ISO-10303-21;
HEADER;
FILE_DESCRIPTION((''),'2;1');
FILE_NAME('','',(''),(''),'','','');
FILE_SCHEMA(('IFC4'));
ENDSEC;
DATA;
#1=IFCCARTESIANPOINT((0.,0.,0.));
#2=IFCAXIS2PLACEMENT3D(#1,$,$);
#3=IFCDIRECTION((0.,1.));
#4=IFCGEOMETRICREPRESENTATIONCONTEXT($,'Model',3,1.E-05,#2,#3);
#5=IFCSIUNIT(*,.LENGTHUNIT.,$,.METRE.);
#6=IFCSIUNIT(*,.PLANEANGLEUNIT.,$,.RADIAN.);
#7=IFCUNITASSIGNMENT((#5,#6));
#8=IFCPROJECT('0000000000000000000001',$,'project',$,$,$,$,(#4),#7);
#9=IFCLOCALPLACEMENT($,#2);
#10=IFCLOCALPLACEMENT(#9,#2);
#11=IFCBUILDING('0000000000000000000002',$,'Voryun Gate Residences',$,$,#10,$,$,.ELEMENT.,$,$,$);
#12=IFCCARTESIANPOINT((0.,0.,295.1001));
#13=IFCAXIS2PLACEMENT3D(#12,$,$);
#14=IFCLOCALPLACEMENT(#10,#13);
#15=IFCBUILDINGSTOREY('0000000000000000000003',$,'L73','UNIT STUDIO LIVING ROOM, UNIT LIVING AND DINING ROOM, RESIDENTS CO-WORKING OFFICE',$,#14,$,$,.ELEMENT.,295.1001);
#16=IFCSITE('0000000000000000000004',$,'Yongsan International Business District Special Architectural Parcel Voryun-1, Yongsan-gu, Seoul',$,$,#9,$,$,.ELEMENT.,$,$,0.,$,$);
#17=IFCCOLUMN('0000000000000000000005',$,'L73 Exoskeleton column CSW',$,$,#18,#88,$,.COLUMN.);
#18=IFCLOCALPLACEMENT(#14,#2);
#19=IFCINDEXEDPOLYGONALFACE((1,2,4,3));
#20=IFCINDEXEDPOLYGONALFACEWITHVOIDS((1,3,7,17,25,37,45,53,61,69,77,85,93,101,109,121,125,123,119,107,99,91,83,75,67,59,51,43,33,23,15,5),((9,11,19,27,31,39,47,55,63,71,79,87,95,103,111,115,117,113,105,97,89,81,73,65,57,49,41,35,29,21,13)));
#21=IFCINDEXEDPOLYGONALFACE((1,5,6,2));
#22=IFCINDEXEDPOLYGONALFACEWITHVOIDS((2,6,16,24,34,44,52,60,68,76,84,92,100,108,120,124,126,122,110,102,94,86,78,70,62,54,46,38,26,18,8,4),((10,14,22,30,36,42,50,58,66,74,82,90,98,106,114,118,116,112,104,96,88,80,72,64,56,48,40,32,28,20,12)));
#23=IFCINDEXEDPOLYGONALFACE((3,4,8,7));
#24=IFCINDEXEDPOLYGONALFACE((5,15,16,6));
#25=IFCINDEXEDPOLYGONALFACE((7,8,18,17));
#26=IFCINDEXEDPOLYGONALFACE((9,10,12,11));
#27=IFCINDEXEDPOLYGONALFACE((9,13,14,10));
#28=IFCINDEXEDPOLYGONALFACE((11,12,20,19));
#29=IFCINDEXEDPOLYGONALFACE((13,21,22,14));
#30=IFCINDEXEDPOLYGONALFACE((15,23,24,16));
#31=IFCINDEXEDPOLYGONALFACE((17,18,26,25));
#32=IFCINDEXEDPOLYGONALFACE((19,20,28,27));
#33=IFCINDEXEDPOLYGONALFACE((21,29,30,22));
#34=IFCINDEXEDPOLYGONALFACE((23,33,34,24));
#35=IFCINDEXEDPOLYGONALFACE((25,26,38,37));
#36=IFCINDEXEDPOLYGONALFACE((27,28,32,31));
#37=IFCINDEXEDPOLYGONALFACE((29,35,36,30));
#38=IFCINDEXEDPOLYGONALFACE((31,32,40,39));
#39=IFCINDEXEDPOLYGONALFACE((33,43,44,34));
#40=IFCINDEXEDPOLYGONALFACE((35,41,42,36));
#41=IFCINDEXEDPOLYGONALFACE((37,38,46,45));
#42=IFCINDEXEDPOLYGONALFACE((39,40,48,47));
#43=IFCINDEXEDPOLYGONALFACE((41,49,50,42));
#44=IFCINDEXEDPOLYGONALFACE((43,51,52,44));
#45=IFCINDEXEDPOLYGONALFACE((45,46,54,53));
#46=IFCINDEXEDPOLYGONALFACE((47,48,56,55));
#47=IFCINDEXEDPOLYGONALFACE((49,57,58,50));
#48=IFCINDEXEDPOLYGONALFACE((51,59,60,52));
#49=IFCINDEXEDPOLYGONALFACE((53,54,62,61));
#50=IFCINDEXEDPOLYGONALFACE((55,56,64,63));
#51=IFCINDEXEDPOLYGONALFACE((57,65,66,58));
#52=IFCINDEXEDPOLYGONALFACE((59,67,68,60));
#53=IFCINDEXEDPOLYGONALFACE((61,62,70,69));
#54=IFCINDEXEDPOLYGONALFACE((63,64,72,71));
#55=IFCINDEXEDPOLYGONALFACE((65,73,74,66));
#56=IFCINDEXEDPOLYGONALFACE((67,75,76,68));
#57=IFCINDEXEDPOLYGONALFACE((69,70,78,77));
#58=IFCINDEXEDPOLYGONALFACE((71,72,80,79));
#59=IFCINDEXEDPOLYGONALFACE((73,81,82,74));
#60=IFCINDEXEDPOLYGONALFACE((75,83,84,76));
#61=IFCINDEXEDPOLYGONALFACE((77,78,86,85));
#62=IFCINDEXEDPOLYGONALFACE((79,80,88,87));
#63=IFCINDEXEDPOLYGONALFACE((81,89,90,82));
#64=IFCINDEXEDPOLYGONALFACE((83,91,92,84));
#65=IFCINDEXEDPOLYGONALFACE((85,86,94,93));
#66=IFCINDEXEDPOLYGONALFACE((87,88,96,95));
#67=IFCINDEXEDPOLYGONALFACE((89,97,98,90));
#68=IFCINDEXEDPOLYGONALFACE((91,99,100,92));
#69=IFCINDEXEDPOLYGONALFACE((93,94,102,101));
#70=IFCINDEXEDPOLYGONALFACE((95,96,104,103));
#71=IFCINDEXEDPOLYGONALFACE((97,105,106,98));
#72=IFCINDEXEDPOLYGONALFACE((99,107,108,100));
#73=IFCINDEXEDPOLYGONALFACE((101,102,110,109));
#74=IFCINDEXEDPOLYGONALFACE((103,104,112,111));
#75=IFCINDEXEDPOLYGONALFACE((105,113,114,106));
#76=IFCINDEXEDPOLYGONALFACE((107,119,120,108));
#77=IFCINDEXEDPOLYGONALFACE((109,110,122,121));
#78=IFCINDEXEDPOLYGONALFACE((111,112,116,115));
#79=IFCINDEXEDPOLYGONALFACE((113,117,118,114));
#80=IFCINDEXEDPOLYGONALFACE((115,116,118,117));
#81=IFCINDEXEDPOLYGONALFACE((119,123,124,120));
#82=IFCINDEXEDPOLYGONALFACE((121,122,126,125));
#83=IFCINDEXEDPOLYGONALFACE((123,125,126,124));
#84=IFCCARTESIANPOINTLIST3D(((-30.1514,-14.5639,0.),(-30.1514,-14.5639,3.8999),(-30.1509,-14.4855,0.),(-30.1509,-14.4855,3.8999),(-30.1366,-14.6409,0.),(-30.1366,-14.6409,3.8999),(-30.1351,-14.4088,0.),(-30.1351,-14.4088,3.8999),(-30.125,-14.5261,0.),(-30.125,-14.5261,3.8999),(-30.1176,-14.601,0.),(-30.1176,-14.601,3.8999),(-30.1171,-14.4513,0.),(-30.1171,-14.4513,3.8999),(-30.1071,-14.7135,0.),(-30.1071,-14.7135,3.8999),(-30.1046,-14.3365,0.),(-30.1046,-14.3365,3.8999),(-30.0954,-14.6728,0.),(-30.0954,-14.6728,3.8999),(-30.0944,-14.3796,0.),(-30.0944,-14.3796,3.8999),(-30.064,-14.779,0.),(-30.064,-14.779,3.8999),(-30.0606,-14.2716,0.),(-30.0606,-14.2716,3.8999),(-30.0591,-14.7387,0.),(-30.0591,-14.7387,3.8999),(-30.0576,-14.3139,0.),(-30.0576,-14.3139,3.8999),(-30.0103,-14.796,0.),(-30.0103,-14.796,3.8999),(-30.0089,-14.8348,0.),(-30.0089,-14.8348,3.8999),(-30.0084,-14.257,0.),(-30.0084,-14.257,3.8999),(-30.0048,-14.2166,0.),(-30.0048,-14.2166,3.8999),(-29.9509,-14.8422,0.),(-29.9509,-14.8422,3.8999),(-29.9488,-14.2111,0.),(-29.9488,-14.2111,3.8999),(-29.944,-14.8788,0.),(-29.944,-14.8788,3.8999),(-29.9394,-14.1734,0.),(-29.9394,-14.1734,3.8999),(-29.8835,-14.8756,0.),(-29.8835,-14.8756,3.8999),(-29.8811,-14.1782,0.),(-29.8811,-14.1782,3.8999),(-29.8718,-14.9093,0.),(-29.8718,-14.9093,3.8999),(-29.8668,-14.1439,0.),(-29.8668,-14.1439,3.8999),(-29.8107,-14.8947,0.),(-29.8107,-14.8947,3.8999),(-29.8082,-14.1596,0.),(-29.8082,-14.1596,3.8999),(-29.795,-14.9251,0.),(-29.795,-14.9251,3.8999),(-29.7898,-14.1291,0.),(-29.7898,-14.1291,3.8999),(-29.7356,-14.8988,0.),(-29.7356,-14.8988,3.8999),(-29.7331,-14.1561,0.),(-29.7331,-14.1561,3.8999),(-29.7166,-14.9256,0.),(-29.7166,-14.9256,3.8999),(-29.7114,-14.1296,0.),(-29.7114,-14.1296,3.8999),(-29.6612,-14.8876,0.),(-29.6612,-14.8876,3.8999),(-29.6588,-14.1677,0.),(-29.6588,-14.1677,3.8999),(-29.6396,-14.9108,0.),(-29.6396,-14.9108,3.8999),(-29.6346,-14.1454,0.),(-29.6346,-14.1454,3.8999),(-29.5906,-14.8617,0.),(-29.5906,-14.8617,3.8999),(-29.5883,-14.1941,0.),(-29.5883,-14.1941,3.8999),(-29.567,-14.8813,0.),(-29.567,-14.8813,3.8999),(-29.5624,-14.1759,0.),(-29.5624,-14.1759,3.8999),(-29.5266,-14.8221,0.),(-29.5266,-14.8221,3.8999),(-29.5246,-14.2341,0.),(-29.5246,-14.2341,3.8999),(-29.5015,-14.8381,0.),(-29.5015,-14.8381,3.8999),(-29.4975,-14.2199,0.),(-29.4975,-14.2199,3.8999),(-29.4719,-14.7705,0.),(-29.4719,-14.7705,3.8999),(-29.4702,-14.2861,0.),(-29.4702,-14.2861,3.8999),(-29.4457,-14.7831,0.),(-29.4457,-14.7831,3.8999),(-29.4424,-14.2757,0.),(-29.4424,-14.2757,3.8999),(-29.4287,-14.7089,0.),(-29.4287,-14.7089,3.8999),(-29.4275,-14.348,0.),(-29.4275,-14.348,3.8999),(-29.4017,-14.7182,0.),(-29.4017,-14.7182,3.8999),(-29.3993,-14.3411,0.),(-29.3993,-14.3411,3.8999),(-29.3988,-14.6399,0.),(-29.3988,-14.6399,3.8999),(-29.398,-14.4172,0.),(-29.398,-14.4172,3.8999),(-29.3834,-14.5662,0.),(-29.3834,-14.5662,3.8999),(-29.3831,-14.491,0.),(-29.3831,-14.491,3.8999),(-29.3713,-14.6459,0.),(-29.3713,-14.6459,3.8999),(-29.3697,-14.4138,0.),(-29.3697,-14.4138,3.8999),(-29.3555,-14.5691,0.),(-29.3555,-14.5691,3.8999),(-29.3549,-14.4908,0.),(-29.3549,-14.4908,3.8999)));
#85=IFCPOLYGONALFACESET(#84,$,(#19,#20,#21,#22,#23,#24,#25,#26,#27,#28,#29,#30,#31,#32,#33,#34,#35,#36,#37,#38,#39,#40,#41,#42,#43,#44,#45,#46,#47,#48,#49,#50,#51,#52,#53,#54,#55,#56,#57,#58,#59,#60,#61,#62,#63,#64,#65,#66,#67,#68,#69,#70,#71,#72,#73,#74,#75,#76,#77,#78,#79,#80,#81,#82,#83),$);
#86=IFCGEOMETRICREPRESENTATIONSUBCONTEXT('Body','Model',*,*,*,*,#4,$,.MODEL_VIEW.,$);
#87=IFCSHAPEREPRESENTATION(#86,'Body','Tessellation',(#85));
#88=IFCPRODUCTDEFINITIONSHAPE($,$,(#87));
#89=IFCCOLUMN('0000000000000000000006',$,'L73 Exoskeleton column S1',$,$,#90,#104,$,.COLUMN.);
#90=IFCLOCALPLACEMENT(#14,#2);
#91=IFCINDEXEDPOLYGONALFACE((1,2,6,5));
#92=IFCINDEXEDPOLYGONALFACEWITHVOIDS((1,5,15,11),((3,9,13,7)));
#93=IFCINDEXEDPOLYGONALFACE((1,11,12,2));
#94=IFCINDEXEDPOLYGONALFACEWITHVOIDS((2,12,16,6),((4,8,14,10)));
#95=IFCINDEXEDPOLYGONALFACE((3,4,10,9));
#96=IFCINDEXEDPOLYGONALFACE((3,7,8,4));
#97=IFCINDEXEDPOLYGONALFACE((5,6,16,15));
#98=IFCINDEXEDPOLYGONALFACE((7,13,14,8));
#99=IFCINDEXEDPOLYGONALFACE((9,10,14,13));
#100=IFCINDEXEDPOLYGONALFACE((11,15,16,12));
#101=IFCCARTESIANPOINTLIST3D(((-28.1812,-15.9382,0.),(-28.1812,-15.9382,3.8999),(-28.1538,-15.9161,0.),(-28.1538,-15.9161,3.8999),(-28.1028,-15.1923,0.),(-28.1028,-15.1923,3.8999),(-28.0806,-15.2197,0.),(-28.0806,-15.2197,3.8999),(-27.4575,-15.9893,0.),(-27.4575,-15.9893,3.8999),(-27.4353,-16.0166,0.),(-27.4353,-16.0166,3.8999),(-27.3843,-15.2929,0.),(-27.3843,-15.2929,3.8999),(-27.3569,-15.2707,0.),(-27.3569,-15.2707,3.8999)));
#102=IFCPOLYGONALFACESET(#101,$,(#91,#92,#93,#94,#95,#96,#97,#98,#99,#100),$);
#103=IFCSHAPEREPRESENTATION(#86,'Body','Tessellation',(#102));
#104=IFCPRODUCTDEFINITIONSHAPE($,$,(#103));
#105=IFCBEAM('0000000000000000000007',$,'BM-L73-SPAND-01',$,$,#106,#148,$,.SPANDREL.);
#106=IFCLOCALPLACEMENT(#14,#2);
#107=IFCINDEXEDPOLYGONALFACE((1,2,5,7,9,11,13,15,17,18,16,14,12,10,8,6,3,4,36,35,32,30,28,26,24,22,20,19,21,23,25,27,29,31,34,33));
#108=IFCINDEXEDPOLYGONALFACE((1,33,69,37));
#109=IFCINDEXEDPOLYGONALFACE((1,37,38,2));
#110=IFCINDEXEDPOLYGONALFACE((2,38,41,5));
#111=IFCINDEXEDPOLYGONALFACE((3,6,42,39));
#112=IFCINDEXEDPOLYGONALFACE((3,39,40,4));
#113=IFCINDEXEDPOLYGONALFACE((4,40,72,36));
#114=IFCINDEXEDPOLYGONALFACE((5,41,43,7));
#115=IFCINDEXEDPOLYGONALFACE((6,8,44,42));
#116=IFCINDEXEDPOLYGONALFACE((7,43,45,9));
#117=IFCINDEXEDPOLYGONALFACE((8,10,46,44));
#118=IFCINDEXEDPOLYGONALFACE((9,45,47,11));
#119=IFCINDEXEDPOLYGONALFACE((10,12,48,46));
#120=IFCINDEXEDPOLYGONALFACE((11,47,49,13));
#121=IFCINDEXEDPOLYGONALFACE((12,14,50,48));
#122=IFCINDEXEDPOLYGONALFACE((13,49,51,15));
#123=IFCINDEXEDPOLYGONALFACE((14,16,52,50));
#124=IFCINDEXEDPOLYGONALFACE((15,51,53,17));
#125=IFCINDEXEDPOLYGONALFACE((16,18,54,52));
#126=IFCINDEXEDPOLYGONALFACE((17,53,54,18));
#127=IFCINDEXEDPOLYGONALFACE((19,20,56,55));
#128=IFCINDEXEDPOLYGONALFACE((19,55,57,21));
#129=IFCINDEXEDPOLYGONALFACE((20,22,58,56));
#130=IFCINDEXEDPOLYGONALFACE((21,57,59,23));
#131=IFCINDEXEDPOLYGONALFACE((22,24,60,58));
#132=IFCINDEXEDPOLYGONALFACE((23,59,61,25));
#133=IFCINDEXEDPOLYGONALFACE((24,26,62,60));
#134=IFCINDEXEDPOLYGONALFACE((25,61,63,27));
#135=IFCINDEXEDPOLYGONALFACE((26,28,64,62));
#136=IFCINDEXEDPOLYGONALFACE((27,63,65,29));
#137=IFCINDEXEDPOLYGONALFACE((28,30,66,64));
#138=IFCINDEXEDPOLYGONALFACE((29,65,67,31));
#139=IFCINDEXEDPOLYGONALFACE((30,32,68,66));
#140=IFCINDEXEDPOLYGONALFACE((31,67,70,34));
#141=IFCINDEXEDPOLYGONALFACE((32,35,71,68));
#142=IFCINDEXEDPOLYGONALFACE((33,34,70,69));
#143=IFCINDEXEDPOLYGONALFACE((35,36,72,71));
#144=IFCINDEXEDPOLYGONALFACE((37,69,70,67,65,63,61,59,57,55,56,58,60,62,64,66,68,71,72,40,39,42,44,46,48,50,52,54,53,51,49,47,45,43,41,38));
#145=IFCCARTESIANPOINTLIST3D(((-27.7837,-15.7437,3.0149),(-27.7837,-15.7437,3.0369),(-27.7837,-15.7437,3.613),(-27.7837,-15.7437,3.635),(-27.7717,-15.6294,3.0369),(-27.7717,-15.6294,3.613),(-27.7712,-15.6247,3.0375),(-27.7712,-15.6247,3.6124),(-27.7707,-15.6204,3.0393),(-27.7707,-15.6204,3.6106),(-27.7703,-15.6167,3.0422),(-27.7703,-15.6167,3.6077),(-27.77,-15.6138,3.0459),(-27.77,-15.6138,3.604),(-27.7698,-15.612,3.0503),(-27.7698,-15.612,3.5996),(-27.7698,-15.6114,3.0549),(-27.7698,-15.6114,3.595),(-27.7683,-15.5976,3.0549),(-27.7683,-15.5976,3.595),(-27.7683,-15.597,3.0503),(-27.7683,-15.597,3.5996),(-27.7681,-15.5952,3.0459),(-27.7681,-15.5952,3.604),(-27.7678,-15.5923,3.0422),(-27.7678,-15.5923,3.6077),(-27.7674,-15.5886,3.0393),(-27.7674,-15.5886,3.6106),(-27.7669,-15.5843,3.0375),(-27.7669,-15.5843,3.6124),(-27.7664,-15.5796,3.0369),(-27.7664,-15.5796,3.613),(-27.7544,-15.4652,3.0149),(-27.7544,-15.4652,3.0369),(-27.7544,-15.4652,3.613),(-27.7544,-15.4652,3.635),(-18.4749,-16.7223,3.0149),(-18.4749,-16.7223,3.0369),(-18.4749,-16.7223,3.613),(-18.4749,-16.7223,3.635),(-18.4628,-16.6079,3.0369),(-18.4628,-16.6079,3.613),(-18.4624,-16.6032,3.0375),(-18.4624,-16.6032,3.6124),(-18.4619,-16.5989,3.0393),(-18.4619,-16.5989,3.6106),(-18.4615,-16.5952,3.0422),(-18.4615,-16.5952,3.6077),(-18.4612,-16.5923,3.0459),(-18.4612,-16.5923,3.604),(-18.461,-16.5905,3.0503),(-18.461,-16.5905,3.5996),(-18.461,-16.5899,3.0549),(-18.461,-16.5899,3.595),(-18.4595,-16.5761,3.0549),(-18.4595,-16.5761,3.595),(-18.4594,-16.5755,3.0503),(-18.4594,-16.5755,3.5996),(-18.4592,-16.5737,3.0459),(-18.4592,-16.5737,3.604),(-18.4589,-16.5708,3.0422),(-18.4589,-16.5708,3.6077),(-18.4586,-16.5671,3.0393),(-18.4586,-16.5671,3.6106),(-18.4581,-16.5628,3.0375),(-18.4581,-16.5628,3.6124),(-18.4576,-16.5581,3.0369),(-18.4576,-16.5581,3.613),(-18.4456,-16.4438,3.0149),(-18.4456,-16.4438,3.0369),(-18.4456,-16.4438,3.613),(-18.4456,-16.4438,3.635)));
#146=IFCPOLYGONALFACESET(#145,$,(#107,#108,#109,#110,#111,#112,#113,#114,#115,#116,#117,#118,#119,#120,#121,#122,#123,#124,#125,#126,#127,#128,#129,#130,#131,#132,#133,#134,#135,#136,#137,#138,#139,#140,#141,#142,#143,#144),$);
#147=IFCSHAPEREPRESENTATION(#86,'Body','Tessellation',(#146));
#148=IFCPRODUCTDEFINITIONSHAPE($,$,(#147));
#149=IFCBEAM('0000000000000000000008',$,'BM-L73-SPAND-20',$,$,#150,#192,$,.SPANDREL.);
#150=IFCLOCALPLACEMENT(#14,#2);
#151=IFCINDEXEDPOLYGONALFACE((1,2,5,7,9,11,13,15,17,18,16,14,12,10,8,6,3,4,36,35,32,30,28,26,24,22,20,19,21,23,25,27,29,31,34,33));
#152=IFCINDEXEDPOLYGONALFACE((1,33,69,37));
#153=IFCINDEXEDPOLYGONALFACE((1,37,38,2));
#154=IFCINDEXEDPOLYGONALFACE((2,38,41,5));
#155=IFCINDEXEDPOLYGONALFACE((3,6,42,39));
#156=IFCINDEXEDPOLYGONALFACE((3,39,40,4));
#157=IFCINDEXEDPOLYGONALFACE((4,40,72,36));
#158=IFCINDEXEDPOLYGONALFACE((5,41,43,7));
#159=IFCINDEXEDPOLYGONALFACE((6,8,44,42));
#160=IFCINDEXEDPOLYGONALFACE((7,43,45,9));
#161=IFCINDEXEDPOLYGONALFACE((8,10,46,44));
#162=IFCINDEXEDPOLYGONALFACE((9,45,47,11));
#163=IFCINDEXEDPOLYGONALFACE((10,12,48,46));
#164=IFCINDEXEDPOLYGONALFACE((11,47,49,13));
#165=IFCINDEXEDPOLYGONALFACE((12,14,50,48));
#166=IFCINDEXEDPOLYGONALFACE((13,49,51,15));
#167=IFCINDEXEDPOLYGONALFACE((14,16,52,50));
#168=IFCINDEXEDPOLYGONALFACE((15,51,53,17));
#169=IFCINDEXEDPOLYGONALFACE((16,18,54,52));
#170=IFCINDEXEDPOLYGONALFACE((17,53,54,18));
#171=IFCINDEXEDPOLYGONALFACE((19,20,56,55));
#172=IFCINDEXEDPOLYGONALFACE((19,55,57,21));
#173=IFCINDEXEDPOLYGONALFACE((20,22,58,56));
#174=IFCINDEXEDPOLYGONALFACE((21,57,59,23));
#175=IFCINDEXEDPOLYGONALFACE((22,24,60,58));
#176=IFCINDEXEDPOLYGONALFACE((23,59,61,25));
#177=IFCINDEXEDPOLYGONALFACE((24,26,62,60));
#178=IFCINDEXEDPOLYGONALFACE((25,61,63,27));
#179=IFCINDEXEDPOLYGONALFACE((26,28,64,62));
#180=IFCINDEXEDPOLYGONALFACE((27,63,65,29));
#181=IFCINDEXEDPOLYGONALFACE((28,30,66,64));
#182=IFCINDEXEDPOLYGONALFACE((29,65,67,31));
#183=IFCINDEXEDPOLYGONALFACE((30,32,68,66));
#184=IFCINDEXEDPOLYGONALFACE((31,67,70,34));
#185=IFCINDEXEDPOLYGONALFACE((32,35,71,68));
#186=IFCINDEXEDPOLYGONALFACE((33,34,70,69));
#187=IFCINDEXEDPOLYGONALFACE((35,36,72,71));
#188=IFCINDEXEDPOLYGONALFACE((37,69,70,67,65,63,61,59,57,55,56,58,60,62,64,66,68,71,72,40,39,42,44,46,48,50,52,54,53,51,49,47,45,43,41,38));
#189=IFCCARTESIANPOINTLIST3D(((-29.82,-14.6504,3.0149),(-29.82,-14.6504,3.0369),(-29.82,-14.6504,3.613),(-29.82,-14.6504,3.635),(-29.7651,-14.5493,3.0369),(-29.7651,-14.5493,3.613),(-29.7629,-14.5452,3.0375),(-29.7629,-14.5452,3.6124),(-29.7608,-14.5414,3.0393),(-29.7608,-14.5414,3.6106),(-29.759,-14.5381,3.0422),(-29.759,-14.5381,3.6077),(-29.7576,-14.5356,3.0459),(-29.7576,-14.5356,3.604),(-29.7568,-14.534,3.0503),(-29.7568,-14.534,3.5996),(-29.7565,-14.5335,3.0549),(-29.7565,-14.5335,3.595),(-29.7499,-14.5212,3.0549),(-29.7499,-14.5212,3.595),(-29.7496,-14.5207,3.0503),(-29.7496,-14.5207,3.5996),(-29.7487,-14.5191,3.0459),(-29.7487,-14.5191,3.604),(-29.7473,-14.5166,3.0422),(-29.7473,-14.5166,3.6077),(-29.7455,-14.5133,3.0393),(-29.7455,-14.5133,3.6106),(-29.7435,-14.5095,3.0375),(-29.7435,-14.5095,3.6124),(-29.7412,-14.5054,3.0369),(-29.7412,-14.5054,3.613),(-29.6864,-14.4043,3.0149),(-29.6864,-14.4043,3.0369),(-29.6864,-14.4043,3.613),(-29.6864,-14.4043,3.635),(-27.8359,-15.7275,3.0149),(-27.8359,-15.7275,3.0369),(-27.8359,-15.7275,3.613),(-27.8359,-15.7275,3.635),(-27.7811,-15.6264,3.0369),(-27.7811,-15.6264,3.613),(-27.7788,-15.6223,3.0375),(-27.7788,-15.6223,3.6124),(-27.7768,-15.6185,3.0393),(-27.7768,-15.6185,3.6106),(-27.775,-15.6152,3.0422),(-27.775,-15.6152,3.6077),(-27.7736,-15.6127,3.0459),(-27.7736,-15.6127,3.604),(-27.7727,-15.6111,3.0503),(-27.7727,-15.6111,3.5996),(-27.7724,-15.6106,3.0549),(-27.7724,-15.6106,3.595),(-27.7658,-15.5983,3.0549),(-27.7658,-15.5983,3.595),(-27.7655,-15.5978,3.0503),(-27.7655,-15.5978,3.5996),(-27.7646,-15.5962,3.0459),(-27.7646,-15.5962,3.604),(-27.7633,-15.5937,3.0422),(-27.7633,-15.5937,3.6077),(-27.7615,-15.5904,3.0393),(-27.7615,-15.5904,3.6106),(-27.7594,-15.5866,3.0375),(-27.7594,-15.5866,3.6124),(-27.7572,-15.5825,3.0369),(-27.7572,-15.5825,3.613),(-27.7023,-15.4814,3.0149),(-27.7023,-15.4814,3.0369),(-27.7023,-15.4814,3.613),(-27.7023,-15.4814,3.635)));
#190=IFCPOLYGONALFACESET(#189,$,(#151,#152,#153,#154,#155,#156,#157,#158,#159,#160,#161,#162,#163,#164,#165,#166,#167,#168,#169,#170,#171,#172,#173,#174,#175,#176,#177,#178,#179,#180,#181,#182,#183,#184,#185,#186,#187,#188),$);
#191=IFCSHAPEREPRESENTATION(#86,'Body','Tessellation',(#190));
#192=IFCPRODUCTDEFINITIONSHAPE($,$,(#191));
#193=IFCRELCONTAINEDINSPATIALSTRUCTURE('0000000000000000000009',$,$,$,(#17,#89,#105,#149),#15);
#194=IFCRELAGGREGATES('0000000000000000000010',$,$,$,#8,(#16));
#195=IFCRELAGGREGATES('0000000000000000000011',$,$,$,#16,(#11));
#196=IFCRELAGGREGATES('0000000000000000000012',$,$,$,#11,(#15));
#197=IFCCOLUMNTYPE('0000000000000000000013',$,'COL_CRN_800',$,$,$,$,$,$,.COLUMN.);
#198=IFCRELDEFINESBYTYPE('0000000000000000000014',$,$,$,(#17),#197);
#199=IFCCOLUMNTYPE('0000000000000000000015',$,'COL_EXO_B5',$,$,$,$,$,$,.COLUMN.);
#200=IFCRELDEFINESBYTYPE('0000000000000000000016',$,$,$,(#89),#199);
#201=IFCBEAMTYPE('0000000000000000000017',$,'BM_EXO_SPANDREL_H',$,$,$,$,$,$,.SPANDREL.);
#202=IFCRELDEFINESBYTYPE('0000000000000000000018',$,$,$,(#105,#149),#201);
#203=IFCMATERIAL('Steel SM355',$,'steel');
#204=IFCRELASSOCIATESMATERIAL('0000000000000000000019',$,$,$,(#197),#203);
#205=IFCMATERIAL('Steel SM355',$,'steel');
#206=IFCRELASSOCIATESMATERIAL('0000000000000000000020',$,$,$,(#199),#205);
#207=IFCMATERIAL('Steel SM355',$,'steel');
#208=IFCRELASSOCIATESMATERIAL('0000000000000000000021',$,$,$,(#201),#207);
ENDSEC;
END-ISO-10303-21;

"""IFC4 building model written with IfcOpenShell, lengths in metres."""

from ifc_helpers import new_model, si_unit, direction, frame, origin, origin_2d, place, context, subcontext, project, spatial, hollow_rectangle, hollow_circle, i_section, extrude, material, material_profile, profile_set, type_object, element, save


model = new_model("IFC4")

# Units and contexts
model_context = context("Model", 3, precision=1e-05, world=origin(), true_north=direction((0.0, 1.0)))
body_context = subcontext(model_context, "Body", "Model", "MODEL_VIEW")
ifc_project = project(units=[si_unit("LENGTHUNIT", "METRE"), si_unit("PLANEANGLEUNIT", "RADIAN")], contexts=[model_context])

# Site, building, storey
site_placement = place(None, origin())
site = spatial("IfcSite", under=ifc_project, at=site_placement, Name="Yongsan International Business District Special Architectural Parcel Voryun-1, Yongsan-gu, Seoul", CompositionType="ELEMENT", RefElevation=0.0)
building_placement = place(site_placement, origin())
building = spatial("IfcBuilding", under=site, at=building_placement, Name="Voryun Gate Residences", CompositionType="ELEMENT")
storey_placement = place(building_placement, frame((0.0, 0.0, 295.1001)))
storey = spatial("IfcBuildingStorey", under=building, at=storey_placement, Name="L73", Description="UNIT STUDIO LIVING ROOM, UNIT LIVING AND DINING ROOM, RESIDENTS CO-WORKING OFFICE", CompositionType="ELEMENT", Elevation=295.1001)

# Columns
ifc_material_1 = material(Name="Steel SM355", Category="steel")
ifc_material_profile_1 = material_profile(ifc_material_1, hollow_circle(Radius=0.3999, WallThickness=0.0281, at=origin_2d()), Name="CHS-800x28")
ifc_profile_set_1 = profile_set([ifc_material_profile_1], Name="Steel SM355")
column_type_1 = type_object("IfcColumnType", Name="COL_CRN_800", PredefinedType="COLUMN", material=ifc_profile_set_1)
column_1_placement = place(storey_placement, frame((-29.7532, -14.5273, 0.0), z_axis=(0.0, 0.0, 1.0), x_axis=(0.994522, -0.104528, 0.0)))
element("IfcColumn", 1, at=column_1_placement, inside=storey, type_object=column_type_1, Name="L73 Exoskeleton column CSW", PredefinedType="COLUMN", context=body_context, shape_type="SweptSolid", body=[
    extrude(hollow_circle(Radius=0.3999, WallThickness=0.0281, at=origin_2d()), origin(), (0.0, 0.0, 1.0), 3.8999),
])
ifc_material_2 = material(Name="Steel SM355", Category="steel")
ifc_material_profile_2 = material_profile(ifc_material_2, hollow_rectangle(XDim=0.75, YDim=0.75, WallThickness=0.0249, at=origin_2d()), Name="BOX-750x750x25")
ifc_profile_set_2 = profile_set([ifc_material_profile_2], Name="Steel SM355")
column_type_2 = type_object("IfcColumnType", Name="COL_EXO_B5", PredefinedType="COLUMN", material=ifc_profile_set_2)
column_2_placement = place(storey_placement, frame((-27.769, -15.6045, 0.0), z_axis=(0.0, 0.0, 1.0), x_axis=(0.994522, -0.104528, 0.0)))
element("IfcColumn", 2, at=column_2_placement, inside=storey, type_object=column_type_2, Name="L73 Exoskeleton column S1", PredefinedType="COLUMN", context=body_context, shape_type="SweptSolid", body=[
    extrude(hollow_rectangle(XDim=0.75, YDim=0.75, WallThickness=0.0249, at=origin_2d()), origin(), (0.0, 0.0, 1.0), 3.8999),
])

# Beams
ifc_material_3 = material(Name="Steel SM355", Category="steel")
ifc_material_profile_3 = material_profile(ifc_material_3, i_section(OverallWidth=0.28, OverallDepth=0.6201, WebThickness=0.0139, FlangeThickness=0.022, FilletRadius=0.0181, at=origin_2d()), Name="H-620x280x14x22")
ifc_profile_set_3 = profile_set([ifc_material_profile_3], Name="Steel SM355")
beam_type = type_object("IfcBeamType", Name="BM_EXO_SPANDREL_H", PredefinedType="SPANDREL", material=ifc_profile_set_3)
beam_1_placement = place(storey_placement, frame((-27.769, -15.6045, 3.325), z_axis=(0.994521, -0.104541, 0.0), x_axis=(0.104541, 0.994521, 0.0)))
element("IfcBeam", 3, at=beam_1_placement, inside=storey, type_object=beam_type, Name="BM-L73-SPAND-01", PredefinedType="SPANDREL", context=body_context, shape_type="SweptSolid", body=[
    extrude(i_section(OverallWidth=0.28, OverallDepth=0.6201, WebThickness=0.0139, FlangeThickness=0.022, FilletRadius=0.0181, at=origin_2d()), origin(), (0.0, 0.0, 1.0), 9.3601),
])
beam_2_placement = place(storey_placement, frame((-29.7532, -14.5273, 3.325), z_axis=(0.878844, -0.477109, 0.0), x_axis=(0.477109, 0.878844, 0.0)))
element("IfcBeam", 4, at=beam_2_placement, inside=storey, type_object=beam_type, Name="BM-L73-SPAND-20", PredefinedType="SPANDREL", context=body_context, shape_type="SweptSolid", body=[
    extrude(i_section(OverallWidth=0.28, OverallDepth=0.6201, WebThickness=0.0139, FlangeThickness=0.022, FilletRadius=0.0181, at=origin_2d()), origin(), (0.0, 0.0, 1.0), 2.2576),
])

save(model, "model.ifc")
